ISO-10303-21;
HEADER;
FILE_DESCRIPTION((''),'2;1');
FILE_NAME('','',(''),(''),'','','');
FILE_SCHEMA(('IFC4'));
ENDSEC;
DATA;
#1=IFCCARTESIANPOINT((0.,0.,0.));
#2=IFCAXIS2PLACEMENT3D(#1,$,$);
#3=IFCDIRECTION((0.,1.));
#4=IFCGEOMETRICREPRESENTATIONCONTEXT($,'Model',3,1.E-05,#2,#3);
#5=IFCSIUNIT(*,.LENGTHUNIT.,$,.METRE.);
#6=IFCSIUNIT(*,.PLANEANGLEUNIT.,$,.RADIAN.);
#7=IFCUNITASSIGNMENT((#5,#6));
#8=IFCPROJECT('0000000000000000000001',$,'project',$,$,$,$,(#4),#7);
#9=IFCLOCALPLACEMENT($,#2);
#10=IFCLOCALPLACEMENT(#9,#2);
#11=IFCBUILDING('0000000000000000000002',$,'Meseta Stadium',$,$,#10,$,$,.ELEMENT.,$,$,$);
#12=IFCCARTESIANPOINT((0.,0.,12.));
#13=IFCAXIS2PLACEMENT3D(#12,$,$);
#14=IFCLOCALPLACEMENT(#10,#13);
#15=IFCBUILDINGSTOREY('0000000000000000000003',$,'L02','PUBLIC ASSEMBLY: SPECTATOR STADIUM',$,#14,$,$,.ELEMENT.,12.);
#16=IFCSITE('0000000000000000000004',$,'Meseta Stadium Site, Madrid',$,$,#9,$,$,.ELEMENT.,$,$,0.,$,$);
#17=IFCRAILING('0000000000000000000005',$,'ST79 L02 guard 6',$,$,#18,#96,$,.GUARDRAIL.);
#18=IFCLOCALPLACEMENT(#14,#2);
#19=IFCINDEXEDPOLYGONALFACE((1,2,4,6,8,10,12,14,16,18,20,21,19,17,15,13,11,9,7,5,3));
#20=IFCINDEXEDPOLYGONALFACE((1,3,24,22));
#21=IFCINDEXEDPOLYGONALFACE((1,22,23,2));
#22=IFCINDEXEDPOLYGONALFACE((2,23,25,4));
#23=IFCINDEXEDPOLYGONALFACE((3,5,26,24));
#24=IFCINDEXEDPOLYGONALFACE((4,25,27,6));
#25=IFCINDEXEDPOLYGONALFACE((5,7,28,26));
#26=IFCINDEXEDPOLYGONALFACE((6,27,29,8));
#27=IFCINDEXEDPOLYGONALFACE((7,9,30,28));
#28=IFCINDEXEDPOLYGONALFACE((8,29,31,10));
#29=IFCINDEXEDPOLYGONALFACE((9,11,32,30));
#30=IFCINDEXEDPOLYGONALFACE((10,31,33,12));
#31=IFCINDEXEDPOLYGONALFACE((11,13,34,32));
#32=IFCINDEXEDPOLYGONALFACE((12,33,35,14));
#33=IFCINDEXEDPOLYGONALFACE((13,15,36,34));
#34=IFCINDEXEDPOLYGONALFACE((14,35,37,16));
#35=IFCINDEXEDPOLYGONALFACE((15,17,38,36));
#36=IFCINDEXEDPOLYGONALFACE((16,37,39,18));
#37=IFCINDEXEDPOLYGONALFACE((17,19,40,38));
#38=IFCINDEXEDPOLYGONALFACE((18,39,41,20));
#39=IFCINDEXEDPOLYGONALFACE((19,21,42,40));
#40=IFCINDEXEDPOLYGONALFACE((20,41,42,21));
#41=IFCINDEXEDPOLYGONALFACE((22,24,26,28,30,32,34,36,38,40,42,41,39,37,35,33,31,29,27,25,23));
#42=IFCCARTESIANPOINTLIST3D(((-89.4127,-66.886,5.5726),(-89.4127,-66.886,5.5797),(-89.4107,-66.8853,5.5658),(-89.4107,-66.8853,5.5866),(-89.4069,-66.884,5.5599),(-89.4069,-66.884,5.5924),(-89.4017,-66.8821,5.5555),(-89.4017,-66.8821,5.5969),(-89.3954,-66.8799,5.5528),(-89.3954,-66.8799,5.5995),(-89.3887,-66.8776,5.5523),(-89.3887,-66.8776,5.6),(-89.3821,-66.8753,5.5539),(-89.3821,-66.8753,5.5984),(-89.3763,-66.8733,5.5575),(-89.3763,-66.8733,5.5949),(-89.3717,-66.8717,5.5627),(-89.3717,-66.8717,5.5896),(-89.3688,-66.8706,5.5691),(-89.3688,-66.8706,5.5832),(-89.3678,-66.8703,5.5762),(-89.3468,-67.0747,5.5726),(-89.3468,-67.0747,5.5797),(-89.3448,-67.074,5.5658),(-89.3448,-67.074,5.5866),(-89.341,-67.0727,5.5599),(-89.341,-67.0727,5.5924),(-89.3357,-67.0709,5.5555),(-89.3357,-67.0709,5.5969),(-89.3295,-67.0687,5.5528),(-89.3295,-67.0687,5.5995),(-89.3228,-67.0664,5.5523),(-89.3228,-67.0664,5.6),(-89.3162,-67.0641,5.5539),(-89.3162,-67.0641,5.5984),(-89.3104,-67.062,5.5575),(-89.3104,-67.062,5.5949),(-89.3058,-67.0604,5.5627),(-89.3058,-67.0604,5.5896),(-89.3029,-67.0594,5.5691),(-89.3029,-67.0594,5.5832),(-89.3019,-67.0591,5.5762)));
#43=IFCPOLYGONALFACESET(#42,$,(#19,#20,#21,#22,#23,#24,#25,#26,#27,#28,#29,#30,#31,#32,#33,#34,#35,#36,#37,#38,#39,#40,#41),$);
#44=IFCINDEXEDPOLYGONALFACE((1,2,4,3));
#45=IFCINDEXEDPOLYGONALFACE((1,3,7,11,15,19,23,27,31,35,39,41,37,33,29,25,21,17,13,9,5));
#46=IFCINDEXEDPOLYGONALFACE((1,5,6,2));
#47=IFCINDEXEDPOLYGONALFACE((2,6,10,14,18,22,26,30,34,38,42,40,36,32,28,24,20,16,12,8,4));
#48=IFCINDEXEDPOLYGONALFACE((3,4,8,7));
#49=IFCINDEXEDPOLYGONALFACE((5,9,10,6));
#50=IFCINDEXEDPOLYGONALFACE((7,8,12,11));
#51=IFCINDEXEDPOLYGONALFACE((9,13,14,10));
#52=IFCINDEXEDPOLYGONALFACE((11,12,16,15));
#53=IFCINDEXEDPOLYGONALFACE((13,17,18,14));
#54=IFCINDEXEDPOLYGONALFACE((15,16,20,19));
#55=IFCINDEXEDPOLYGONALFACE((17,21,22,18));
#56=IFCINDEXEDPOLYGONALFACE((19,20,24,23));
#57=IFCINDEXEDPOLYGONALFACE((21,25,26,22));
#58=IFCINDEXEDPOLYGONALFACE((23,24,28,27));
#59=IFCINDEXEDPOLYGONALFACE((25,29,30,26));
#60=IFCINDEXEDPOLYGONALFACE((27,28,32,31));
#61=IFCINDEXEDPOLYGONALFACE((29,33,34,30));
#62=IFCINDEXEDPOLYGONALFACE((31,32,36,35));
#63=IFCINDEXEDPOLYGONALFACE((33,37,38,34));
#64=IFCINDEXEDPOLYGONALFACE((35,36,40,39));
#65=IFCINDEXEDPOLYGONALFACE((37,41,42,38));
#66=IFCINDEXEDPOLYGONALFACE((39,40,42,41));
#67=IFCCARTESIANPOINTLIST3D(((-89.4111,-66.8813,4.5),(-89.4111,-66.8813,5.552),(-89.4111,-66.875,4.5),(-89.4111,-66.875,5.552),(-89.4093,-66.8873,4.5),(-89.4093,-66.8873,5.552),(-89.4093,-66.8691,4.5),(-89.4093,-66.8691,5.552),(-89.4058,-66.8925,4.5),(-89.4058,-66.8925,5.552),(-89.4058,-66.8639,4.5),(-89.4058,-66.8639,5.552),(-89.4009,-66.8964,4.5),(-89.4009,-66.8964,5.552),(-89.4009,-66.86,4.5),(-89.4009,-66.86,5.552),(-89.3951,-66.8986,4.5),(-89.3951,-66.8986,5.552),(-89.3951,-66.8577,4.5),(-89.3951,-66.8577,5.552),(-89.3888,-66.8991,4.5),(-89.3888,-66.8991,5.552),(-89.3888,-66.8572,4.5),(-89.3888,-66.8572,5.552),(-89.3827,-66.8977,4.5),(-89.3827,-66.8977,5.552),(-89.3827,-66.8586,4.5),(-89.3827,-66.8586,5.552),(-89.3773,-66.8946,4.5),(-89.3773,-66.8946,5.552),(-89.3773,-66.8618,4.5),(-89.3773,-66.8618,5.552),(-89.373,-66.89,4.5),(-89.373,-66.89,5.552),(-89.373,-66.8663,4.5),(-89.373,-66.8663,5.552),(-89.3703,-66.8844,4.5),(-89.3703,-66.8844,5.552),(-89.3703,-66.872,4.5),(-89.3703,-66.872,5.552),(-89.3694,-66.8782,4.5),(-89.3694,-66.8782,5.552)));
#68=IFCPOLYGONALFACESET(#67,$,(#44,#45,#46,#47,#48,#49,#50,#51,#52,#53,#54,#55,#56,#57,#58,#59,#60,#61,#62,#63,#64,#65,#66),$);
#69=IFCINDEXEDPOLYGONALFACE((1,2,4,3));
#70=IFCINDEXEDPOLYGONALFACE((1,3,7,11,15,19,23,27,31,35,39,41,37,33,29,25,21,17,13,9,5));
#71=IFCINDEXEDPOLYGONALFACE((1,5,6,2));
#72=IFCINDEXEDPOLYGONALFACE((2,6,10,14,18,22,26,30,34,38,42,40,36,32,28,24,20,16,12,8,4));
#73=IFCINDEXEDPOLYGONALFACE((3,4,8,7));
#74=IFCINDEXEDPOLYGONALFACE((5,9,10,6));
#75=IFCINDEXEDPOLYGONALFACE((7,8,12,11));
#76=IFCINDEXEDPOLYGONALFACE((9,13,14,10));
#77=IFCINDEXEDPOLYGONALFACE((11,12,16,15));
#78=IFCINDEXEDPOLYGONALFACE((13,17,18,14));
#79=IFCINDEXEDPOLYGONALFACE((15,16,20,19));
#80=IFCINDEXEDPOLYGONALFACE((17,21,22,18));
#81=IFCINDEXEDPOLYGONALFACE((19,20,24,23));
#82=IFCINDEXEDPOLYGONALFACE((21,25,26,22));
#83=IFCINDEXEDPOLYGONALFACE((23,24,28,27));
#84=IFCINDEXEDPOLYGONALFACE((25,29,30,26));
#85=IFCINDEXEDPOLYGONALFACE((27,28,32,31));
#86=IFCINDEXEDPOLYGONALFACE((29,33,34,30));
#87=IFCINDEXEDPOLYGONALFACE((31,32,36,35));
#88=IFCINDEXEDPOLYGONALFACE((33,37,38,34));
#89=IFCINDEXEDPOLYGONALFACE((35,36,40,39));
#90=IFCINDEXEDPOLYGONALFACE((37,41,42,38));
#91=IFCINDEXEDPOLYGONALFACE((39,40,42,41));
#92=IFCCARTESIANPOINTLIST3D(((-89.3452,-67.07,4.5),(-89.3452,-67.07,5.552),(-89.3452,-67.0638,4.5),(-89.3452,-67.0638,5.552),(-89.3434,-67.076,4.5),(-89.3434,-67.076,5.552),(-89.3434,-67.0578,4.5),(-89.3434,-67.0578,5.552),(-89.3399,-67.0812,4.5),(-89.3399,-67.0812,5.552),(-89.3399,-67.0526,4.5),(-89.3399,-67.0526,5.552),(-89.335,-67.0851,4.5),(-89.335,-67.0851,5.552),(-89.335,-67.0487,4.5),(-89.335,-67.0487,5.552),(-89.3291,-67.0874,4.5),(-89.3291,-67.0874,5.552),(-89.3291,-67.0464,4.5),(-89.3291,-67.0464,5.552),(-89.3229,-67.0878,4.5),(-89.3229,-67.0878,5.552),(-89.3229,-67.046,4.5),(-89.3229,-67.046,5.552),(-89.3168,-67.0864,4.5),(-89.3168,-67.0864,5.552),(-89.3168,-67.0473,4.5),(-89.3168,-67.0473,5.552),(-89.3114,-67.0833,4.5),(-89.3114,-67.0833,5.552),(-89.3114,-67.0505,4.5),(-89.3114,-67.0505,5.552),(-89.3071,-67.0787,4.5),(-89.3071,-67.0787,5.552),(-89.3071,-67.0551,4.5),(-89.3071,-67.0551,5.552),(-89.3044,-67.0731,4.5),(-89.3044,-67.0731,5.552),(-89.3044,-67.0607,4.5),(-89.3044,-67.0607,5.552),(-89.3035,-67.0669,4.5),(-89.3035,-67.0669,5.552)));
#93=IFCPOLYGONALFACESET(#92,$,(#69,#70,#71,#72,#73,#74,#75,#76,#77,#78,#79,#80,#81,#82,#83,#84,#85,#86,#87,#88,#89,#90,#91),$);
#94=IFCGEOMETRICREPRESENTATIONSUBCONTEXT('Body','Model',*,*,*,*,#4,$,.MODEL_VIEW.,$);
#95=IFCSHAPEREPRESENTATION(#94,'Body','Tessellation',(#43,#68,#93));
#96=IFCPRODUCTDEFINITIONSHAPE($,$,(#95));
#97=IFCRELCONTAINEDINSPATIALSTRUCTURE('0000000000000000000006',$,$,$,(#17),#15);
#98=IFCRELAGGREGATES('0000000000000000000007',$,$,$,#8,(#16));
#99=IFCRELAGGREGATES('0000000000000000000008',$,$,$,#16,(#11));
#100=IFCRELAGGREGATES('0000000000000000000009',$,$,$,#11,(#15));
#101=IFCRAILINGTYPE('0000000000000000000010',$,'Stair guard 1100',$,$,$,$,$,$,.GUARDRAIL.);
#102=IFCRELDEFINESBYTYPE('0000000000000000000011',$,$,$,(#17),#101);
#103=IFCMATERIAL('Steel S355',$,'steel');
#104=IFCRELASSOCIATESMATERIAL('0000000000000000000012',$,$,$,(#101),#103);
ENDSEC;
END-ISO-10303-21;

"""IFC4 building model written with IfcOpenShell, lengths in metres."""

from ifc_helpers import new_model, si_unit, direction, frame, origin, origin_2d, place, context, subcontext, project, spatial, circle, extrude, material, type_object, element, save


model = new_model("IFC4")

# Units and contexts
model_context = context("Model", 3, precision=1e-05, world=origin(), true_north=direction((0.0, 1.0)))
body_context = subcontext(model_context, "Body", "Model", "MODEL_VIEW")
ifc_project = project(units=[si_unit("LENGTHUNIT", "METRE"), si_unit("PLANEANGLEUNIT", "RADIAN")], contexts=[model_context])

# Site, building, storey
site_placement = place(None, origin())
site = spatial("IfcSite", under=ifc_project, at=site_placement, Name="Meseta Stadium Site, Madrid", CompositionType="ELEMENT", RefElevation=0.0)
building_placement = place(site_placement, origin())
building = spatial("IfcBuilding", under=site, at=building_placement, Name="Meseta Stadium", CompositionType="ELEMENT")
storey_placement = place(building_placement, frame((0.0, 0.0, 12.0)))
storey = spatial("IfcBuildingStorey", under=building, at=storey_placement, Name="L02", Description="PUBLIC ASSEMBLY: SPECTATOR STADIUM", CompositionType="ELEMENT", Elevation=12.0)

# Railing
ifc_material_1 = material(Name="Steel S355", Category="steel")
railing_type_1 = type_object("IfcRailingType", Name="Stair guard 1100", PredefinedType="GUARDRAIL", material=ifc_material_1)
railing_1_placement = place(storey_placement, frame((-89.3904, -66.8782, 4.5)))
element("IfcRailing", 1, at=railing_1_placement, inside=storey, type_object=railing_type_1, Name="ST79 L02 guard 6", PredefinedType="GUARDRAIL", context=body_context, shape_type="SweptSolid", body=[
    extrude(circle(Radius=0.0239, at=origin_2d()), frame((0.0, 0.0, 1.0762), z_axis=(0.329752, -0.944068, 0.0), x_axis=(0.944068, 0.329752, 0.0)), (0.0, 0.0, 1.0), 0.2),
    extrude(circle(Radius=0.021, at=origin_2d()), origin(), (0.0, 0.0, 1.0), 1.052),
    extrude(circle(Radius=0.021, at=origin_2d()), frame((0.0659, -0.1887, 0.0)), (0.0, 0.0, 1.0), 1.052),
])

save(model, "model.ifc")
